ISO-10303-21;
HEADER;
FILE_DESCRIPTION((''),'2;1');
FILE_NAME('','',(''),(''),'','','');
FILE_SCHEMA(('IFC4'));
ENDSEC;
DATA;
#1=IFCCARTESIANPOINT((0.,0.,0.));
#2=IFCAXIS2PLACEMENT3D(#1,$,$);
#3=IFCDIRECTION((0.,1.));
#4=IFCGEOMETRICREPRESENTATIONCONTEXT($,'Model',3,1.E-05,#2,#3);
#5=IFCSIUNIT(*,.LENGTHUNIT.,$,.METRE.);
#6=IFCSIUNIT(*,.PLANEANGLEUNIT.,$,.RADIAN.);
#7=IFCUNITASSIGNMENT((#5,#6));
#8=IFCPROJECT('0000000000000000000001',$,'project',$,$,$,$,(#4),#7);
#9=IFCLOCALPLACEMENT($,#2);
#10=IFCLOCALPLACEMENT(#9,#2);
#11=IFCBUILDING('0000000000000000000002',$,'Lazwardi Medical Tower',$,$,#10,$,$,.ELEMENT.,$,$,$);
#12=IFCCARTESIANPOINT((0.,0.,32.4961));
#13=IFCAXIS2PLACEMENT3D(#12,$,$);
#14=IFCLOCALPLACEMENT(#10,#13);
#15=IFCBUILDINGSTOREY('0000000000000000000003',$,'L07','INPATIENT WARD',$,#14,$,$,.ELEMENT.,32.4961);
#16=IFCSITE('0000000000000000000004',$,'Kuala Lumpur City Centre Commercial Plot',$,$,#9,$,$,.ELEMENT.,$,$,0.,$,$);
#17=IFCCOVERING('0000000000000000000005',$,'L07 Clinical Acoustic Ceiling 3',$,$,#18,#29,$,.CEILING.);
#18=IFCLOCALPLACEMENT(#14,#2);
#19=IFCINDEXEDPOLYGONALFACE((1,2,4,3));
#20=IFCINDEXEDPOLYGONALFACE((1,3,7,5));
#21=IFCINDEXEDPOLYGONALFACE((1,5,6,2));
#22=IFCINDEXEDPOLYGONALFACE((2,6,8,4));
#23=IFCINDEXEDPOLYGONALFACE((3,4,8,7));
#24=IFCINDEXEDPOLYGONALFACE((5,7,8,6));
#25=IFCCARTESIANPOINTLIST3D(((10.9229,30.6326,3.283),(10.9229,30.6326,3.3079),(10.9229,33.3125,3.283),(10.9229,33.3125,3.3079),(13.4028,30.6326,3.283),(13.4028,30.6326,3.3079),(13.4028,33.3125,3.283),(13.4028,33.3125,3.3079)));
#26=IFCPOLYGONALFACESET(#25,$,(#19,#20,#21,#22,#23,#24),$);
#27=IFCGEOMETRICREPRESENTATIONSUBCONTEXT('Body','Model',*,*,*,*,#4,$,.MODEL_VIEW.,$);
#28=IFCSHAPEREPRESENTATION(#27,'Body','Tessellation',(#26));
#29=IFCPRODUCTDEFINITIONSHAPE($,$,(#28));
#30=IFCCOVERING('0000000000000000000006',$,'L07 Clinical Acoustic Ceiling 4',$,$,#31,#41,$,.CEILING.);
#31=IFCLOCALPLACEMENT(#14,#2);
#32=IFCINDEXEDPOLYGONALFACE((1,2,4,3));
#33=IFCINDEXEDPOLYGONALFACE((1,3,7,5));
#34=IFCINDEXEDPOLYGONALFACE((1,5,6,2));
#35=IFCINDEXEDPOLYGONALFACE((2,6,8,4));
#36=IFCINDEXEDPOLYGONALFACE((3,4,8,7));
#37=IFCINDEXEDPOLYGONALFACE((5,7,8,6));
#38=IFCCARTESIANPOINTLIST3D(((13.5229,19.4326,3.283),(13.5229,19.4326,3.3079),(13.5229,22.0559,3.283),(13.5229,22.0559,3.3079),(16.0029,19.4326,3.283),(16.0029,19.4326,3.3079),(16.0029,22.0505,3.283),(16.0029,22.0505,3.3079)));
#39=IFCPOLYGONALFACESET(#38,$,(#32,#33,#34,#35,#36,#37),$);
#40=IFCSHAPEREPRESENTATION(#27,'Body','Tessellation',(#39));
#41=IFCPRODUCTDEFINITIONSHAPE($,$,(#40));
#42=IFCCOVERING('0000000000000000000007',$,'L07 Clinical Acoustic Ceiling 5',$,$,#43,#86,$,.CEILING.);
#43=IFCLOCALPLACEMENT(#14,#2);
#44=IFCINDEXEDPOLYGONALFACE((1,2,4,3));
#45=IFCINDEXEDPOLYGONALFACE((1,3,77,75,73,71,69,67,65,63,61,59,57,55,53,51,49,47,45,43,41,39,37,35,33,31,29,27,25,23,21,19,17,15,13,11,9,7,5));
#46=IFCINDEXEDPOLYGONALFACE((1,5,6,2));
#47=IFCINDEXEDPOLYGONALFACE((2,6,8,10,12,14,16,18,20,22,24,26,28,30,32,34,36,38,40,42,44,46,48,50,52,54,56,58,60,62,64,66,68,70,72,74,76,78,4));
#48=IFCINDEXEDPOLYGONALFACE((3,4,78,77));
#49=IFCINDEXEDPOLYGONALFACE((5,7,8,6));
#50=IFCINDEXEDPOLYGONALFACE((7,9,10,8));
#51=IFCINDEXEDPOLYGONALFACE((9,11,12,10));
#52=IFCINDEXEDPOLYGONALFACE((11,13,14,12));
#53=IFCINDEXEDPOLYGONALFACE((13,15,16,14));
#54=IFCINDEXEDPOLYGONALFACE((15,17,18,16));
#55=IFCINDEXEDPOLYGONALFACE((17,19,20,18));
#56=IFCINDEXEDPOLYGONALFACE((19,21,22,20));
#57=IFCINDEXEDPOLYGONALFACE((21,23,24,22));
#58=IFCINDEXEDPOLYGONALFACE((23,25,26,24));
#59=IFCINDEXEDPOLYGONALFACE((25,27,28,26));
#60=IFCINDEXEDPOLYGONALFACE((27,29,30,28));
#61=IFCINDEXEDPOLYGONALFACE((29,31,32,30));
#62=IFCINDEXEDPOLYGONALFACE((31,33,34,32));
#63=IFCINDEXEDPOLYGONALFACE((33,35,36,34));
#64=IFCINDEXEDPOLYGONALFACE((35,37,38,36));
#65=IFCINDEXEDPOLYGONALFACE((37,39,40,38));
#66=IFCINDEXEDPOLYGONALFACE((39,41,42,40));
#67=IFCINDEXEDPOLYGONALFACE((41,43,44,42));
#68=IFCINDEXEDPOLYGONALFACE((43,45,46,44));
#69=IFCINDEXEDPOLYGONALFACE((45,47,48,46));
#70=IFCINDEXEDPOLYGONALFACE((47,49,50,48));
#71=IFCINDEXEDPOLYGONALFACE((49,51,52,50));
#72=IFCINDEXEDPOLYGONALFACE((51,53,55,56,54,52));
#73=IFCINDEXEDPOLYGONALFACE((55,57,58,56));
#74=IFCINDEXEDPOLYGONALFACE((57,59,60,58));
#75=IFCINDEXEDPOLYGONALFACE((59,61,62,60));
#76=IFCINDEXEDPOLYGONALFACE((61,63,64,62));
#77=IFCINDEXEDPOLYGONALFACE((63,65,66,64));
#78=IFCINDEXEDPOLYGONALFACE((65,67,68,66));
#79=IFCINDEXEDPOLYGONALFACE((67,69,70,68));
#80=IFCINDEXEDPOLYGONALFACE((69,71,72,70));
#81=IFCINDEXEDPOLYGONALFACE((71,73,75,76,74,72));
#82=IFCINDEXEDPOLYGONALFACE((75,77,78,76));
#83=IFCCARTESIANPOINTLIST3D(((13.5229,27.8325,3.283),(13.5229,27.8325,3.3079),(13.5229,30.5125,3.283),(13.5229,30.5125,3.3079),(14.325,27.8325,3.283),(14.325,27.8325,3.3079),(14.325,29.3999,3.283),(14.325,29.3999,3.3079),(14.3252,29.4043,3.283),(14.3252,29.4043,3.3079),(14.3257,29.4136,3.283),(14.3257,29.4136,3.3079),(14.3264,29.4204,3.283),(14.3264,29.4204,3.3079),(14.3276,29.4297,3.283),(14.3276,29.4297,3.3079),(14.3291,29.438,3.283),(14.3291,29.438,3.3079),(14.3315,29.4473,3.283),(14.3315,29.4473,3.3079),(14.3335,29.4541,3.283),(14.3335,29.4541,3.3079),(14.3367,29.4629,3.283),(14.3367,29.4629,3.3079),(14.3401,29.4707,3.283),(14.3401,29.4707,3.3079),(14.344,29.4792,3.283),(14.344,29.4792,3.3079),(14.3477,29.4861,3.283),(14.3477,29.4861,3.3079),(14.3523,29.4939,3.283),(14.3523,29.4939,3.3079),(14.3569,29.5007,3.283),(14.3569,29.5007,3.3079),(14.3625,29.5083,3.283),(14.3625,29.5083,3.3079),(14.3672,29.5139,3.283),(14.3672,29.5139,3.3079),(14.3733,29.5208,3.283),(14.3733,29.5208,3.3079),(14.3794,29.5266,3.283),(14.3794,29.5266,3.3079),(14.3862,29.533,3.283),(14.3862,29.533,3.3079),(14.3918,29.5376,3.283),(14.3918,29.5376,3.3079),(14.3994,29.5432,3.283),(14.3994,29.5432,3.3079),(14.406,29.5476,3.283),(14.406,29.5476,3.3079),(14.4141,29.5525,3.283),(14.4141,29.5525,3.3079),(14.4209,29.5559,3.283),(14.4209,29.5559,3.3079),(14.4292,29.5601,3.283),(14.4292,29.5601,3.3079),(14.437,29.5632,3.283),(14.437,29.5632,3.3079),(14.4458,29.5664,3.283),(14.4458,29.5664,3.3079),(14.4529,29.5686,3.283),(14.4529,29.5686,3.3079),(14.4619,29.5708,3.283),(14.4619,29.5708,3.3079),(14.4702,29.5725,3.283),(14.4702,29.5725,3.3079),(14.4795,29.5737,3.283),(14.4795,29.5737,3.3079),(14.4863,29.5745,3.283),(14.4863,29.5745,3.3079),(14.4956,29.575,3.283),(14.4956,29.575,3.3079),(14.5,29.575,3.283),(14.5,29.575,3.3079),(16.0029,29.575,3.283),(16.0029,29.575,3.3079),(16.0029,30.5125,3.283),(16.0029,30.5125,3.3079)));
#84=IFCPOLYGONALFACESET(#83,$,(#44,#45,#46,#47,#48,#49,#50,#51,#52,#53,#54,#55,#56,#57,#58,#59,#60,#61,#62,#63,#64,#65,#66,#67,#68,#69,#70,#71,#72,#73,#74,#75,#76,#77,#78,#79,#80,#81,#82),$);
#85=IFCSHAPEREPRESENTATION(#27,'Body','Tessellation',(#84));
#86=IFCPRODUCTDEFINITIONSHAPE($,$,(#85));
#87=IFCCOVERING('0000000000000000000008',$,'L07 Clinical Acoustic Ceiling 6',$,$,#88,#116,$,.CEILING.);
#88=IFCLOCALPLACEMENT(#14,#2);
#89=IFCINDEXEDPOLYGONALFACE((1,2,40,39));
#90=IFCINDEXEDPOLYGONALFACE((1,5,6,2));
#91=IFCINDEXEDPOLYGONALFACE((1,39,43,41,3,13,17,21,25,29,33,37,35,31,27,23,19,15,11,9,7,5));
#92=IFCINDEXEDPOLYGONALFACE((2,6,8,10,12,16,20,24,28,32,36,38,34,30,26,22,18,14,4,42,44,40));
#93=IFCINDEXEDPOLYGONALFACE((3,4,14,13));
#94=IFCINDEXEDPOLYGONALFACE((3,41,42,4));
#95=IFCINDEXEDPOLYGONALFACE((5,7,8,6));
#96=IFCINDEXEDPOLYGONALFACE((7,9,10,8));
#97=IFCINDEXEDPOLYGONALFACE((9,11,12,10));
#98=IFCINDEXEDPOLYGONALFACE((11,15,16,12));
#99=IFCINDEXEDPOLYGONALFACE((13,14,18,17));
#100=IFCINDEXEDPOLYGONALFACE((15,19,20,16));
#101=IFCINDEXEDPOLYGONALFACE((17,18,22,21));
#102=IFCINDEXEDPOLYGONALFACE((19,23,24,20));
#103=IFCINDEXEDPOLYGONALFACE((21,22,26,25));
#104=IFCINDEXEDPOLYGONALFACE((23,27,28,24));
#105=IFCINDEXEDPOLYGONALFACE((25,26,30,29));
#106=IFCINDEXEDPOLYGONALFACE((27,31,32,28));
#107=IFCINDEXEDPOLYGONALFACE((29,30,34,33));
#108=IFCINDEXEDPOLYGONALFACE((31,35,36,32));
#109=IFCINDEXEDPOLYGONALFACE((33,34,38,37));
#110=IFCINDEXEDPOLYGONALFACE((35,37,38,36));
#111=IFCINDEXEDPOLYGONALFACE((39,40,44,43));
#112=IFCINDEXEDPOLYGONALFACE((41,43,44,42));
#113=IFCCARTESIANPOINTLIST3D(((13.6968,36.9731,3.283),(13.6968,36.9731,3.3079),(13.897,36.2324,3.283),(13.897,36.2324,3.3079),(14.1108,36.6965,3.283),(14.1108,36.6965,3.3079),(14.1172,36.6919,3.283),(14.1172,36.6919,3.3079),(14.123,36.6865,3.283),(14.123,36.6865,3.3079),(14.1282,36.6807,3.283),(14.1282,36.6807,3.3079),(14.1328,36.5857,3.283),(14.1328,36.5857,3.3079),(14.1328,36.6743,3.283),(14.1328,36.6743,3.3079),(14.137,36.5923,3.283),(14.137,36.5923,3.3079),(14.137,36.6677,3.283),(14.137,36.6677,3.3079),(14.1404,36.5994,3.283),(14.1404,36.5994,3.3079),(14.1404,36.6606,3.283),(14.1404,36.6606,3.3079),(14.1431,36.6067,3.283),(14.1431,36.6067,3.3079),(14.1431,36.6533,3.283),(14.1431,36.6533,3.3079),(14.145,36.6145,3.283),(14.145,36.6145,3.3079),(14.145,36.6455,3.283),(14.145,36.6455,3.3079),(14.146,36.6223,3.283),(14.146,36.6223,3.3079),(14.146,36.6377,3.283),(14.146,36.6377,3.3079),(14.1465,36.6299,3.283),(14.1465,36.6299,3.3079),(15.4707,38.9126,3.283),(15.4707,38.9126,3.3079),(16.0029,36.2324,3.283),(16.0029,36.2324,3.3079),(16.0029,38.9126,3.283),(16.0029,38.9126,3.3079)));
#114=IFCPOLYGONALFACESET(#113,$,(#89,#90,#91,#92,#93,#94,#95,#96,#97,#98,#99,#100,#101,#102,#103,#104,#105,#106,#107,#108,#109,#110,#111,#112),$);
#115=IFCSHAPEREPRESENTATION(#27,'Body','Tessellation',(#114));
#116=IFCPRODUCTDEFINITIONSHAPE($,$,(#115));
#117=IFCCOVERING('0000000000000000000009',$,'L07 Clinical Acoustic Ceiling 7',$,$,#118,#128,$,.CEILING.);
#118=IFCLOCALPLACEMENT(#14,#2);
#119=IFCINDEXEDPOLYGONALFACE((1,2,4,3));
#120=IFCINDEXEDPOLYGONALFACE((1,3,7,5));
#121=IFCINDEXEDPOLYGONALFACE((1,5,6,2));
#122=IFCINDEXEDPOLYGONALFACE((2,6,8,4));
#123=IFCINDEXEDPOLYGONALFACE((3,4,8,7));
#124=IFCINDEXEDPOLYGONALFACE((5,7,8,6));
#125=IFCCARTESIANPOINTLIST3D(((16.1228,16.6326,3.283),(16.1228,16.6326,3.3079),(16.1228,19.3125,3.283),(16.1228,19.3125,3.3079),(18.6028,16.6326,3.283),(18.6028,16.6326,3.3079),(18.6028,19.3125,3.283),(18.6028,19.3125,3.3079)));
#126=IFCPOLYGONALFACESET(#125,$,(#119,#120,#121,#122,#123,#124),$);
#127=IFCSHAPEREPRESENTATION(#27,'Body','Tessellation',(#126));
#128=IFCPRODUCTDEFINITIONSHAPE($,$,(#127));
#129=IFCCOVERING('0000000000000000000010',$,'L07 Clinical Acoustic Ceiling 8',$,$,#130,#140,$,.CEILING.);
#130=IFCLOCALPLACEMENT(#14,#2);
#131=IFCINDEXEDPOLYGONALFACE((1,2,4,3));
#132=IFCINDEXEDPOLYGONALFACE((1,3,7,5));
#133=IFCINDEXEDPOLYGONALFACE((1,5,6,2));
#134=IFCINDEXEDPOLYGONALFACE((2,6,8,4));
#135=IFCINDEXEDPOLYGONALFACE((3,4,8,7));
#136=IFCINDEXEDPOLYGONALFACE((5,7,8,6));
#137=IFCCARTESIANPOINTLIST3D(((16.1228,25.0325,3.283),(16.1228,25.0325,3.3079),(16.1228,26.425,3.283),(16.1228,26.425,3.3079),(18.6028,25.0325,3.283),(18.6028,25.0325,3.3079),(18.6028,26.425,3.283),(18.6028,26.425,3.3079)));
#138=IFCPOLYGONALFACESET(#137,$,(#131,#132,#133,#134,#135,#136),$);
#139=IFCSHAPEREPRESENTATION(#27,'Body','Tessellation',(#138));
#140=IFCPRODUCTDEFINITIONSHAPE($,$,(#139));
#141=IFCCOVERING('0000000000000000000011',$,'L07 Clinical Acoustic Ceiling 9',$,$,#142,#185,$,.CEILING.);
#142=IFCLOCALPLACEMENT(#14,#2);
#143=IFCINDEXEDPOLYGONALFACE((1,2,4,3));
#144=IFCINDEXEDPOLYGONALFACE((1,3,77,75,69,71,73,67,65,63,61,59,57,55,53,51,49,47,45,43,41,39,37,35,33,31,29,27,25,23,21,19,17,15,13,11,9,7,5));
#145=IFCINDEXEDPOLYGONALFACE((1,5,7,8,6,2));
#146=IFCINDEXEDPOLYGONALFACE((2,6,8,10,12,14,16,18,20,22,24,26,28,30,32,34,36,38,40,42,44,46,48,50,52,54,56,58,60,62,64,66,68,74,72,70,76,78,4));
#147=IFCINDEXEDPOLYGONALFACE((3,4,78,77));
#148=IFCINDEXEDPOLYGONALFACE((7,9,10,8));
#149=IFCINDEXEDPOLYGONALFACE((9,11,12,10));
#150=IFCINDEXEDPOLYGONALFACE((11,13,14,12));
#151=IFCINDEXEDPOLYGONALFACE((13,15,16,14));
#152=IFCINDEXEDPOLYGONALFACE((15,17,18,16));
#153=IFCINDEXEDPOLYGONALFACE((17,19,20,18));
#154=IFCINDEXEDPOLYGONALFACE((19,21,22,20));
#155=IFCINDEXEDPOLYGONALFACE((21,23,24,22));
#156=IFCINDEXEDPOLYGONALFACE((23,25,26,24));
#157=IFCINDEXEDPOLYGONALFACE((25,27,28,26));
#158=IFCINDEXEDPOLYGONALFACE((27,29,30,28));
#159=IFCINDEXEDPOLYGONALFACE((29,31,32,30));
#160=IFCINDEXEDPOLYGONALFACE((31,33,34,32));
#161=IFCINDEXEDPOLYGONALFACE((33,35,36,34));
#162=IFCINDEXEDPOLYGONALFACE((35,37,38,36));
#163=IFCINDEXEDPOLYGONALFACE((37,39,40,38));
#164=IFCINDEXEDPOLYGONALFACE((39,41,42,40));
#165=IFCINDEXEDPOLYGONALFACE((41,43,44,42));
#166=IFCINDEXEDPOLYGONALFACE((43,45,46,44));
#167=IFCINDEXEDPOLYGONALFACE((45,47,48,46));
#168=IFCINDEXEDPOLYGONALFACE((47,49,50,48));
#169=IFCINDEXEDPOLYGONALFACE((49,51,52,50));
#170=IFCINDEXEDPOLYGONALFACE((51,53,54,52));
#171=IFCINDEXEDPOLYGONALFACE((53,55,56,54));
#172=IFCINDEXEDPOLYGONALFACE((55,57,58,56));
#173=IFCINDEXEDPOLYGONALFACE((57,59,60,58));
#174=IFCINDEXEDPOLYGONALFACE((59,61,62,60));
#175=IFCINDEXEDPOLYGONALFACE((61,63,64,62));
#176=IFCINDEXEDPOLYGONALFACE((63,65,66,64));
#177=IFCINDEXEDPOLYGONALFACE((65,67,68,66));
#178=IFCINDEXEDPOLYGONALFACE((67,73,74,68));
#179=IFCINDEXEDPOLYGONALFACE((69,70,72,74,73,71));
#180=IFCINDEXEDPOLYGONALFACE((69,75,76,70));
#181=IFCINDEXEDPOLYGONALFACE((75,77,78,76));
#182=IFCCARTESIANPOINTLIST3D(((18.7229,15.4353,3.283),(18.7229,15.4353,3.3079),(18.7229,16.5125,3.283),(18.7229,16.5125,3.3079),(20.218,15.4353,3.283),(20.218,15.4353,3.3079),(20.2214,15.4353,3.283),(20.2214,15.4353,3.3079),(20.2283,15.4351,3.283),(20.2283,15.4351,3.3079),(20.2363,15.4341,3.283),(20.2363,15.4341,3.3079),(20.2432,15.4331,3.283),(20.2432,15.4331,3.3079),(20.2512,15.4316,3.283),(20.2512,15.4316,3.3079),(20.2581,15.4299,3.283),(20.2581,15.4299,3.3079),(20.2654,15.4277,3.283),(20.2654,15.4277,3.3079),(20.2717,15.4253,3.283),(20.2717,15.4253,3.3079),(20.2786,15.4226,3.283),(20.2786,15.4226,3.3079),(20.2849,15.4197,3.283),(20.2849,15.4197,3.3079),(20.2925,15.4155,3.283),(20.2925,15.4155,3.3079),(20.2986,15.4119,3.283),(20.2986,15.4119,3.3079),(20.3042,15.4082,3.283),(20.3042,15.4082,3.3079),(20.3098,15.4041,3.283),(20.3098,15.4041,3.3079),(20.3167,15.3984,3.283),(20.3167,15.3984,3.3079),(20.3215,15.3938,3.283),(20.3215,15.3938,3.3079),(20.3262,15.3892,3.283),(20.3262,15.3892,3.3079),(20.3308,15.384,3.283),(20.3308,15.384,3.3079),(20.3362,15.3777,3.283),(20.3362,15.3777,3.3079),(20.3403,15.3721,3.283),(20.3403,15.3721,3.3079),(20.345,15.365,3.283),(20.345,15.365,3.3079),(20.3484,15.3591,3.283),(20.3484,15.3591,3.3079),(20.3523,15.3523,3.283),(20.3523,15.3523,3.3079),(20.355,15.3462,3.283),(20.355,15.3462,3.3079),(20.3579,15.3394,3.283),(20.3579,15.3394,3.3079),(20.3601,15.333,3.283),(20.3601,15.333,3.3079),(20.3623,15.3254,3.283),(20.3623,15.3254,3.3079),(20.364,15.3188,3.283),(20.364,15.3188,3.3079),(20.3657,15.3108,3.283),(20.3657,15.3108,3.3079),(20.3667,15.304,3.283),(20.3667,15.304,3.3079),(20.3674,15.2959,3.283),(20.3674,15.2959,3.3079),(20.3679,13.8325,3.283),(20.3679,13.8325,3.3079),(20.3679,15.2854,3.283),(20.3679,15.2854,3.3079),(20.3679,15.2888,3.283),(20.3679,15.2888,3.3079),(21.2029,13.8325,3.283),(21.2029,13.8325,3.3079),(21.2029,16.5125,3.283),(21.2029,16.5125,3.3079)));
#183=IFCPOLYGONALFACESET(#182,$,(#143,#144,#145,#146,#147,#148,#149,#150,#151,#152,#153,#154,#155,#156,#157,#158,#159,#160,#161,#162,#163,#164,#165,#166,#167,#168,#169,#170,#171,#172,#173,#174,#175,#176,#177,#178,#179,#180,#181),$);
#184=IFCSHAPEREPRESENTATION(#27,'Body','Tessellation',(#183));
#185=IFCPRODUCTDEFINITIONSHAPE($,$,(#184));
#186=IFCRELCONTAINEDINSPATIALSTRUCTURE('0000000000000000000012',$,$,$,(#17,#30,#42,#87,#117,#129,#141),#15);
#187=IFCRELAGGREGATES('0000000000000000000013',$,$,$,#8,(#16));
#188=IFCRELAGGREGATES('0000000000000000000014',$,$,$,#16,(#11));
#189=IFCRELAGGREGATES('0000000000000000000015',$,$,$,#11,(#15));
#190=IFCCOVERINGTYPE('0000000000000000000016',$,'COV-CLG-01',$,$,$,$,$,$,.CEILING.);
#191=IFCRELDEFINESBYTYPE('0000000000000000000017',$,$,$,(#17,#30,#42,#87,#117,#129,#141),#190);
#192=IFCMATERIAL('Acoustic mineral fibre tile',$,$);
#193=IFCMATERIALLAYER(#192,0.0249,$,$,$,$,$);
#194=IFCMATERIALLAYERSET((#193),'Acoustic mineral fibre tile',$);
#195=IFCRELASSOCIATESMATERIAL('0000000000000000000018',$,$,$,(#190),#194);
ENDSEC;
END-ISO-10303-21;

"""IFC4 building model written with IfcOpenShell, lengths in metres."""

from ifc_helpers import new_model, si_unit, direction, frame, origin, place, context, subcontext, project, spatial, polyline, outline, extrude, material, layer, layer_set, type_object, element, save


model = new_model("IFC4")

# Units and contexts
model_context = context("Model", 3, precision=1e-05, world=origin(), true_north=direction((0.0, 1.0)))
body_context = subcontext(model_context, "Body", "Model", "MODEL_VIEW")
ifc_project = project(units=[si_unit("LENGTHUNIT", "METRE"), si_unit("PLANEANGLEUNIT", "RADIAN")], contexts=[model_context])

# Site, building, storey
site_placement = place(None, origin())
site = spatial("IfcSite", under=ifc_project, at=site_placement, Name="Kuala Lumpur City Centre Commercial Plot", CompositionType="ELEMENT", RefElevation=0.0)
building_placement = place(site_placement, origin())
building = spatial("IfcBuilding", under=site, at=building_placement, Name="Lazwardi Medical Tower", CompositionType="ELEMENT")
storey_placement = place(building_placement, frame((0.0, 0.0, 32.4961)))
storey = spatial("IfcBuildingStorey", under=building, at=storey_placement, Name="L07", Description="INPATIENT WARD", CompositionType="ELEMENT", Elevation=32.4961)

# Coverings
ifc_material_1 = material(Name="Acoustic mineral fibre tile")
ifc_layer_1 = layer(ifc_material_1, 0.0249)
ifc_layer_set_1 = layer_set([ifc_layer_1], Name="Acoustic mineral fibre tile")
covering_type_1 = type_object("IfcCoveringType", Name="COV-CLG-01", PredefinedType="CEILING", material=ifc_layer_set_1)
covering_1_placement = place(storey_placement, frame((0.0, 0.0, 3.283)))
element("IfcCovering", 1, at=covering_1_placement, inside=storey, type_object=covering_type_1, Name="L07 Clinical Acoustic Ceiling 3", PredefinedType="CEILING", context=body_context, shape_type="SweptSolid", body=[
    extrude(outline(polyline([(13.4028, 30.6326), (13.4028, 33.3125), (10.9229, 33.3125), (10.9229, 30.6326), (13.4028, 30.6326)])), origin(), (0.0, 0.0, 1.0), 0.0249),
])
covering_2_placement = place(storey_placement, frame((0.0, 0.0, 3.283)))
element("IfcCovering", 2, at=covering_2_placement, inside=storey, type_object=covering_type_1, Name="L07 Clinical Acoustic Ceiling 4", PredefinedType="CEILING", context=body_context, shape_type="SweptSolid", body=[
    extrude(outline(polyline([(16.0029, 22.0505), (13.5229, 22.0559), (13.5229, 19.4326), (16.0029, 19.4326), (16.0029, 22.0505)])), origin(), (0.0, 0.0, 1.0), 0.0249),
])
covering_3_placement = place(storey_placement, frame((0.0, 0.0, 3.283)))
element("IfcCovering", 3, at=covering_3_placement, inside=storey, type_object=covering_type_1, Name="L07 Clinical Acoustic Ceiling 5", PredefinedType="CEILING", context=body_context, shape_type="SweptSolid", body=[
    extrude(outline(polyline([(14.325, 27.8325), (14.325, 29.3999), (14.3252, 29.4043), (14.3257, 29.4136), (14.3264, 29.4204), (14.3276, 29.4297), (14.3291, 29.438), (14.3315, 29.4473), (14.3335, 29.4541), (14.3367, 29.4629), (14.3401, 29.4707), (14.344, 29.4792), (14.3477, 29.4861), (14.3523, 29.4939), (14.3569, 29.5007), (14.3625, 29.5083), (14.3672, 29.5139), (14.3733, 29.5208), (14.3794, 29.5266), (14.3862, 29.533), (14.3918, 29.5376), (14.3994, 29.5432), (14.406, 29.5476), (14.4141, 29.5525), (14.4209, 29.5559), (14.4292, 29.5601), (14.437, 29.5632), (14.4458, 29.5664), (14.4529, 29.5686), (14.4619, 29.5708), (14.4702, 29.5725), (14.4795, 29.5737), (14.4863, 29.5745), (14.4956, 29.575), (14.5, 29.575), (16.0029, 29.575), (16.0029, 30.5125), (13.5229, 30.5125), (13.5229, 27.8325), (14.325, 27.8325)])), origin(), (0.0, 0.0, 1.0), 0.0249),
])
covering_4_placement = place(storey_placement, frame((0.0, 0.0, 3.283)))
element("IfcCovering", 4, at=covering_4_placement, inside=storey, type_object=covering_type_1, Name="L07 Clinical Acoustic Ceiling 6", PredefinedType="CEILING", context=body_context, shape_type="SweptSolid", body=[
    extrude(outline(polyline([(15.4707, 38.9126), (13.6968, 36.9731), (14.1108, 36.6965), (14.1172, 36.6919), (14.123, 36.6865), (14.1282, 36.6807), (14.1328, 36.6743), (14.137, 36.6677), (14.1404, 36.6606), (14.1431, 36.6533), (14.145, 36.6455), (14.146, 36.6377), (14.1465, 36.6299), (14.146, 36.6223), (14.145, 36.6145), (14.1431, 36.6067), (14.1404, 36.5994), (14.137, 36.5923), (14.1328, 36.5857), (13.897, 36.2324), (16.0029, 36.2324), (16.0029, 38.9126), (15.4707, 38.9126)])), origin(), (0.0, 0.0, 1.0), 0.0249),
])
covering_5_placement = place(storey_placement, frame((0.0, 0.0, 3.283)))
element("IfcCovering", 5, at=covering_5_placement, inside=storey, type_object=covering_type_1, Name="L07 Clinical Acoustic Ceiling 7", PredefinedType="CEILING", context=body_context, shape_type="SweptSolid", body=[
    extrude(outline(polyline([(18.6028, 16.6326), (18.6028, 19.3125), (16.1228, 19.3125), (16.1228, 16.6326), (18.6028, 16.6326)])), origin(), (0.0, 0.0, 1.0), 0.0249),
])
covering_6_placement = place(storey_placement, frame((0.0, 0.0, 3.283)))
element("IfcCovering", 6, at=covering_6_placement, inside=storey, type_object=covering_type_1, Name="L07 Clinical Acoustic Ceiling 8", PredefinedType="CEILING", context=body_context, shape_type="SweptSolid", body=[
    extrude(outline(polyline([(18.6028, 26.425), (16.1228, 26.425), (16.1228, 25.0325), (18.6028, 25.0325), (18.6028, 26.425)])), origin(), (0.0, 0.0, 1.0), 0.0249),
])
covering_7_placement = place(storey_placement, frame((0.0, 0.0, 3.283)))
element("IfcCovering", 7, at=covering_7_placement, inside=storey, type_object=covering_type_1, Name="L07 Clinical Acoustic Ceiling 9", PredefinedType="CEILING", context=body_context, shape_type="SweptSolid", body=[
    extrude(outline(polyline([(18.7229, 15.4353), (20.218, 15.4353), (20.2214, 15.4353), (20.2283, 15.4351), (20.2363, 15.4341), (20.2432, 15.4331), (20.2512, 15.4316), (20.2581, 15.4299), (20.2654, 15.4277), (20.2717, 15.4253), (20.2786, 15.4226), (20.2849, 15.4197), (20.2925, 15.4155), (20.2986, 15.4119), (20.3042, 15.4082), (20.3098, 15.4041), (20.3167, 15.3984), (20.3215, 15.3938), (20.3262, 15.3892), (20.3308, 15.384), (20.3362, 15.3777), (20.3403, 15.3721), (20.345, 15.365), (20.3484, 15.3591), (20.3523, 15.3523), (20.355, 15.3462), (20.3579, 15.3394), (20.3601, 15.333), (20.3623, 15.3254), (20.364, 15.3188), (20.3657, 15.3108), (20.3667, 15.304), (20.3674, 15.2959), (20.3679, 15.2888), (20.3679, 15.2854), (20.3679, 13.8325), (21.2029, 13.8325), (21.2029, 16.5125), (18.7229, 16.5125), (18.7229, 15.4353)])), origin(), (0.0, 0.0, 1.0), 0.0249),
])

save(model, "model.ifc")
